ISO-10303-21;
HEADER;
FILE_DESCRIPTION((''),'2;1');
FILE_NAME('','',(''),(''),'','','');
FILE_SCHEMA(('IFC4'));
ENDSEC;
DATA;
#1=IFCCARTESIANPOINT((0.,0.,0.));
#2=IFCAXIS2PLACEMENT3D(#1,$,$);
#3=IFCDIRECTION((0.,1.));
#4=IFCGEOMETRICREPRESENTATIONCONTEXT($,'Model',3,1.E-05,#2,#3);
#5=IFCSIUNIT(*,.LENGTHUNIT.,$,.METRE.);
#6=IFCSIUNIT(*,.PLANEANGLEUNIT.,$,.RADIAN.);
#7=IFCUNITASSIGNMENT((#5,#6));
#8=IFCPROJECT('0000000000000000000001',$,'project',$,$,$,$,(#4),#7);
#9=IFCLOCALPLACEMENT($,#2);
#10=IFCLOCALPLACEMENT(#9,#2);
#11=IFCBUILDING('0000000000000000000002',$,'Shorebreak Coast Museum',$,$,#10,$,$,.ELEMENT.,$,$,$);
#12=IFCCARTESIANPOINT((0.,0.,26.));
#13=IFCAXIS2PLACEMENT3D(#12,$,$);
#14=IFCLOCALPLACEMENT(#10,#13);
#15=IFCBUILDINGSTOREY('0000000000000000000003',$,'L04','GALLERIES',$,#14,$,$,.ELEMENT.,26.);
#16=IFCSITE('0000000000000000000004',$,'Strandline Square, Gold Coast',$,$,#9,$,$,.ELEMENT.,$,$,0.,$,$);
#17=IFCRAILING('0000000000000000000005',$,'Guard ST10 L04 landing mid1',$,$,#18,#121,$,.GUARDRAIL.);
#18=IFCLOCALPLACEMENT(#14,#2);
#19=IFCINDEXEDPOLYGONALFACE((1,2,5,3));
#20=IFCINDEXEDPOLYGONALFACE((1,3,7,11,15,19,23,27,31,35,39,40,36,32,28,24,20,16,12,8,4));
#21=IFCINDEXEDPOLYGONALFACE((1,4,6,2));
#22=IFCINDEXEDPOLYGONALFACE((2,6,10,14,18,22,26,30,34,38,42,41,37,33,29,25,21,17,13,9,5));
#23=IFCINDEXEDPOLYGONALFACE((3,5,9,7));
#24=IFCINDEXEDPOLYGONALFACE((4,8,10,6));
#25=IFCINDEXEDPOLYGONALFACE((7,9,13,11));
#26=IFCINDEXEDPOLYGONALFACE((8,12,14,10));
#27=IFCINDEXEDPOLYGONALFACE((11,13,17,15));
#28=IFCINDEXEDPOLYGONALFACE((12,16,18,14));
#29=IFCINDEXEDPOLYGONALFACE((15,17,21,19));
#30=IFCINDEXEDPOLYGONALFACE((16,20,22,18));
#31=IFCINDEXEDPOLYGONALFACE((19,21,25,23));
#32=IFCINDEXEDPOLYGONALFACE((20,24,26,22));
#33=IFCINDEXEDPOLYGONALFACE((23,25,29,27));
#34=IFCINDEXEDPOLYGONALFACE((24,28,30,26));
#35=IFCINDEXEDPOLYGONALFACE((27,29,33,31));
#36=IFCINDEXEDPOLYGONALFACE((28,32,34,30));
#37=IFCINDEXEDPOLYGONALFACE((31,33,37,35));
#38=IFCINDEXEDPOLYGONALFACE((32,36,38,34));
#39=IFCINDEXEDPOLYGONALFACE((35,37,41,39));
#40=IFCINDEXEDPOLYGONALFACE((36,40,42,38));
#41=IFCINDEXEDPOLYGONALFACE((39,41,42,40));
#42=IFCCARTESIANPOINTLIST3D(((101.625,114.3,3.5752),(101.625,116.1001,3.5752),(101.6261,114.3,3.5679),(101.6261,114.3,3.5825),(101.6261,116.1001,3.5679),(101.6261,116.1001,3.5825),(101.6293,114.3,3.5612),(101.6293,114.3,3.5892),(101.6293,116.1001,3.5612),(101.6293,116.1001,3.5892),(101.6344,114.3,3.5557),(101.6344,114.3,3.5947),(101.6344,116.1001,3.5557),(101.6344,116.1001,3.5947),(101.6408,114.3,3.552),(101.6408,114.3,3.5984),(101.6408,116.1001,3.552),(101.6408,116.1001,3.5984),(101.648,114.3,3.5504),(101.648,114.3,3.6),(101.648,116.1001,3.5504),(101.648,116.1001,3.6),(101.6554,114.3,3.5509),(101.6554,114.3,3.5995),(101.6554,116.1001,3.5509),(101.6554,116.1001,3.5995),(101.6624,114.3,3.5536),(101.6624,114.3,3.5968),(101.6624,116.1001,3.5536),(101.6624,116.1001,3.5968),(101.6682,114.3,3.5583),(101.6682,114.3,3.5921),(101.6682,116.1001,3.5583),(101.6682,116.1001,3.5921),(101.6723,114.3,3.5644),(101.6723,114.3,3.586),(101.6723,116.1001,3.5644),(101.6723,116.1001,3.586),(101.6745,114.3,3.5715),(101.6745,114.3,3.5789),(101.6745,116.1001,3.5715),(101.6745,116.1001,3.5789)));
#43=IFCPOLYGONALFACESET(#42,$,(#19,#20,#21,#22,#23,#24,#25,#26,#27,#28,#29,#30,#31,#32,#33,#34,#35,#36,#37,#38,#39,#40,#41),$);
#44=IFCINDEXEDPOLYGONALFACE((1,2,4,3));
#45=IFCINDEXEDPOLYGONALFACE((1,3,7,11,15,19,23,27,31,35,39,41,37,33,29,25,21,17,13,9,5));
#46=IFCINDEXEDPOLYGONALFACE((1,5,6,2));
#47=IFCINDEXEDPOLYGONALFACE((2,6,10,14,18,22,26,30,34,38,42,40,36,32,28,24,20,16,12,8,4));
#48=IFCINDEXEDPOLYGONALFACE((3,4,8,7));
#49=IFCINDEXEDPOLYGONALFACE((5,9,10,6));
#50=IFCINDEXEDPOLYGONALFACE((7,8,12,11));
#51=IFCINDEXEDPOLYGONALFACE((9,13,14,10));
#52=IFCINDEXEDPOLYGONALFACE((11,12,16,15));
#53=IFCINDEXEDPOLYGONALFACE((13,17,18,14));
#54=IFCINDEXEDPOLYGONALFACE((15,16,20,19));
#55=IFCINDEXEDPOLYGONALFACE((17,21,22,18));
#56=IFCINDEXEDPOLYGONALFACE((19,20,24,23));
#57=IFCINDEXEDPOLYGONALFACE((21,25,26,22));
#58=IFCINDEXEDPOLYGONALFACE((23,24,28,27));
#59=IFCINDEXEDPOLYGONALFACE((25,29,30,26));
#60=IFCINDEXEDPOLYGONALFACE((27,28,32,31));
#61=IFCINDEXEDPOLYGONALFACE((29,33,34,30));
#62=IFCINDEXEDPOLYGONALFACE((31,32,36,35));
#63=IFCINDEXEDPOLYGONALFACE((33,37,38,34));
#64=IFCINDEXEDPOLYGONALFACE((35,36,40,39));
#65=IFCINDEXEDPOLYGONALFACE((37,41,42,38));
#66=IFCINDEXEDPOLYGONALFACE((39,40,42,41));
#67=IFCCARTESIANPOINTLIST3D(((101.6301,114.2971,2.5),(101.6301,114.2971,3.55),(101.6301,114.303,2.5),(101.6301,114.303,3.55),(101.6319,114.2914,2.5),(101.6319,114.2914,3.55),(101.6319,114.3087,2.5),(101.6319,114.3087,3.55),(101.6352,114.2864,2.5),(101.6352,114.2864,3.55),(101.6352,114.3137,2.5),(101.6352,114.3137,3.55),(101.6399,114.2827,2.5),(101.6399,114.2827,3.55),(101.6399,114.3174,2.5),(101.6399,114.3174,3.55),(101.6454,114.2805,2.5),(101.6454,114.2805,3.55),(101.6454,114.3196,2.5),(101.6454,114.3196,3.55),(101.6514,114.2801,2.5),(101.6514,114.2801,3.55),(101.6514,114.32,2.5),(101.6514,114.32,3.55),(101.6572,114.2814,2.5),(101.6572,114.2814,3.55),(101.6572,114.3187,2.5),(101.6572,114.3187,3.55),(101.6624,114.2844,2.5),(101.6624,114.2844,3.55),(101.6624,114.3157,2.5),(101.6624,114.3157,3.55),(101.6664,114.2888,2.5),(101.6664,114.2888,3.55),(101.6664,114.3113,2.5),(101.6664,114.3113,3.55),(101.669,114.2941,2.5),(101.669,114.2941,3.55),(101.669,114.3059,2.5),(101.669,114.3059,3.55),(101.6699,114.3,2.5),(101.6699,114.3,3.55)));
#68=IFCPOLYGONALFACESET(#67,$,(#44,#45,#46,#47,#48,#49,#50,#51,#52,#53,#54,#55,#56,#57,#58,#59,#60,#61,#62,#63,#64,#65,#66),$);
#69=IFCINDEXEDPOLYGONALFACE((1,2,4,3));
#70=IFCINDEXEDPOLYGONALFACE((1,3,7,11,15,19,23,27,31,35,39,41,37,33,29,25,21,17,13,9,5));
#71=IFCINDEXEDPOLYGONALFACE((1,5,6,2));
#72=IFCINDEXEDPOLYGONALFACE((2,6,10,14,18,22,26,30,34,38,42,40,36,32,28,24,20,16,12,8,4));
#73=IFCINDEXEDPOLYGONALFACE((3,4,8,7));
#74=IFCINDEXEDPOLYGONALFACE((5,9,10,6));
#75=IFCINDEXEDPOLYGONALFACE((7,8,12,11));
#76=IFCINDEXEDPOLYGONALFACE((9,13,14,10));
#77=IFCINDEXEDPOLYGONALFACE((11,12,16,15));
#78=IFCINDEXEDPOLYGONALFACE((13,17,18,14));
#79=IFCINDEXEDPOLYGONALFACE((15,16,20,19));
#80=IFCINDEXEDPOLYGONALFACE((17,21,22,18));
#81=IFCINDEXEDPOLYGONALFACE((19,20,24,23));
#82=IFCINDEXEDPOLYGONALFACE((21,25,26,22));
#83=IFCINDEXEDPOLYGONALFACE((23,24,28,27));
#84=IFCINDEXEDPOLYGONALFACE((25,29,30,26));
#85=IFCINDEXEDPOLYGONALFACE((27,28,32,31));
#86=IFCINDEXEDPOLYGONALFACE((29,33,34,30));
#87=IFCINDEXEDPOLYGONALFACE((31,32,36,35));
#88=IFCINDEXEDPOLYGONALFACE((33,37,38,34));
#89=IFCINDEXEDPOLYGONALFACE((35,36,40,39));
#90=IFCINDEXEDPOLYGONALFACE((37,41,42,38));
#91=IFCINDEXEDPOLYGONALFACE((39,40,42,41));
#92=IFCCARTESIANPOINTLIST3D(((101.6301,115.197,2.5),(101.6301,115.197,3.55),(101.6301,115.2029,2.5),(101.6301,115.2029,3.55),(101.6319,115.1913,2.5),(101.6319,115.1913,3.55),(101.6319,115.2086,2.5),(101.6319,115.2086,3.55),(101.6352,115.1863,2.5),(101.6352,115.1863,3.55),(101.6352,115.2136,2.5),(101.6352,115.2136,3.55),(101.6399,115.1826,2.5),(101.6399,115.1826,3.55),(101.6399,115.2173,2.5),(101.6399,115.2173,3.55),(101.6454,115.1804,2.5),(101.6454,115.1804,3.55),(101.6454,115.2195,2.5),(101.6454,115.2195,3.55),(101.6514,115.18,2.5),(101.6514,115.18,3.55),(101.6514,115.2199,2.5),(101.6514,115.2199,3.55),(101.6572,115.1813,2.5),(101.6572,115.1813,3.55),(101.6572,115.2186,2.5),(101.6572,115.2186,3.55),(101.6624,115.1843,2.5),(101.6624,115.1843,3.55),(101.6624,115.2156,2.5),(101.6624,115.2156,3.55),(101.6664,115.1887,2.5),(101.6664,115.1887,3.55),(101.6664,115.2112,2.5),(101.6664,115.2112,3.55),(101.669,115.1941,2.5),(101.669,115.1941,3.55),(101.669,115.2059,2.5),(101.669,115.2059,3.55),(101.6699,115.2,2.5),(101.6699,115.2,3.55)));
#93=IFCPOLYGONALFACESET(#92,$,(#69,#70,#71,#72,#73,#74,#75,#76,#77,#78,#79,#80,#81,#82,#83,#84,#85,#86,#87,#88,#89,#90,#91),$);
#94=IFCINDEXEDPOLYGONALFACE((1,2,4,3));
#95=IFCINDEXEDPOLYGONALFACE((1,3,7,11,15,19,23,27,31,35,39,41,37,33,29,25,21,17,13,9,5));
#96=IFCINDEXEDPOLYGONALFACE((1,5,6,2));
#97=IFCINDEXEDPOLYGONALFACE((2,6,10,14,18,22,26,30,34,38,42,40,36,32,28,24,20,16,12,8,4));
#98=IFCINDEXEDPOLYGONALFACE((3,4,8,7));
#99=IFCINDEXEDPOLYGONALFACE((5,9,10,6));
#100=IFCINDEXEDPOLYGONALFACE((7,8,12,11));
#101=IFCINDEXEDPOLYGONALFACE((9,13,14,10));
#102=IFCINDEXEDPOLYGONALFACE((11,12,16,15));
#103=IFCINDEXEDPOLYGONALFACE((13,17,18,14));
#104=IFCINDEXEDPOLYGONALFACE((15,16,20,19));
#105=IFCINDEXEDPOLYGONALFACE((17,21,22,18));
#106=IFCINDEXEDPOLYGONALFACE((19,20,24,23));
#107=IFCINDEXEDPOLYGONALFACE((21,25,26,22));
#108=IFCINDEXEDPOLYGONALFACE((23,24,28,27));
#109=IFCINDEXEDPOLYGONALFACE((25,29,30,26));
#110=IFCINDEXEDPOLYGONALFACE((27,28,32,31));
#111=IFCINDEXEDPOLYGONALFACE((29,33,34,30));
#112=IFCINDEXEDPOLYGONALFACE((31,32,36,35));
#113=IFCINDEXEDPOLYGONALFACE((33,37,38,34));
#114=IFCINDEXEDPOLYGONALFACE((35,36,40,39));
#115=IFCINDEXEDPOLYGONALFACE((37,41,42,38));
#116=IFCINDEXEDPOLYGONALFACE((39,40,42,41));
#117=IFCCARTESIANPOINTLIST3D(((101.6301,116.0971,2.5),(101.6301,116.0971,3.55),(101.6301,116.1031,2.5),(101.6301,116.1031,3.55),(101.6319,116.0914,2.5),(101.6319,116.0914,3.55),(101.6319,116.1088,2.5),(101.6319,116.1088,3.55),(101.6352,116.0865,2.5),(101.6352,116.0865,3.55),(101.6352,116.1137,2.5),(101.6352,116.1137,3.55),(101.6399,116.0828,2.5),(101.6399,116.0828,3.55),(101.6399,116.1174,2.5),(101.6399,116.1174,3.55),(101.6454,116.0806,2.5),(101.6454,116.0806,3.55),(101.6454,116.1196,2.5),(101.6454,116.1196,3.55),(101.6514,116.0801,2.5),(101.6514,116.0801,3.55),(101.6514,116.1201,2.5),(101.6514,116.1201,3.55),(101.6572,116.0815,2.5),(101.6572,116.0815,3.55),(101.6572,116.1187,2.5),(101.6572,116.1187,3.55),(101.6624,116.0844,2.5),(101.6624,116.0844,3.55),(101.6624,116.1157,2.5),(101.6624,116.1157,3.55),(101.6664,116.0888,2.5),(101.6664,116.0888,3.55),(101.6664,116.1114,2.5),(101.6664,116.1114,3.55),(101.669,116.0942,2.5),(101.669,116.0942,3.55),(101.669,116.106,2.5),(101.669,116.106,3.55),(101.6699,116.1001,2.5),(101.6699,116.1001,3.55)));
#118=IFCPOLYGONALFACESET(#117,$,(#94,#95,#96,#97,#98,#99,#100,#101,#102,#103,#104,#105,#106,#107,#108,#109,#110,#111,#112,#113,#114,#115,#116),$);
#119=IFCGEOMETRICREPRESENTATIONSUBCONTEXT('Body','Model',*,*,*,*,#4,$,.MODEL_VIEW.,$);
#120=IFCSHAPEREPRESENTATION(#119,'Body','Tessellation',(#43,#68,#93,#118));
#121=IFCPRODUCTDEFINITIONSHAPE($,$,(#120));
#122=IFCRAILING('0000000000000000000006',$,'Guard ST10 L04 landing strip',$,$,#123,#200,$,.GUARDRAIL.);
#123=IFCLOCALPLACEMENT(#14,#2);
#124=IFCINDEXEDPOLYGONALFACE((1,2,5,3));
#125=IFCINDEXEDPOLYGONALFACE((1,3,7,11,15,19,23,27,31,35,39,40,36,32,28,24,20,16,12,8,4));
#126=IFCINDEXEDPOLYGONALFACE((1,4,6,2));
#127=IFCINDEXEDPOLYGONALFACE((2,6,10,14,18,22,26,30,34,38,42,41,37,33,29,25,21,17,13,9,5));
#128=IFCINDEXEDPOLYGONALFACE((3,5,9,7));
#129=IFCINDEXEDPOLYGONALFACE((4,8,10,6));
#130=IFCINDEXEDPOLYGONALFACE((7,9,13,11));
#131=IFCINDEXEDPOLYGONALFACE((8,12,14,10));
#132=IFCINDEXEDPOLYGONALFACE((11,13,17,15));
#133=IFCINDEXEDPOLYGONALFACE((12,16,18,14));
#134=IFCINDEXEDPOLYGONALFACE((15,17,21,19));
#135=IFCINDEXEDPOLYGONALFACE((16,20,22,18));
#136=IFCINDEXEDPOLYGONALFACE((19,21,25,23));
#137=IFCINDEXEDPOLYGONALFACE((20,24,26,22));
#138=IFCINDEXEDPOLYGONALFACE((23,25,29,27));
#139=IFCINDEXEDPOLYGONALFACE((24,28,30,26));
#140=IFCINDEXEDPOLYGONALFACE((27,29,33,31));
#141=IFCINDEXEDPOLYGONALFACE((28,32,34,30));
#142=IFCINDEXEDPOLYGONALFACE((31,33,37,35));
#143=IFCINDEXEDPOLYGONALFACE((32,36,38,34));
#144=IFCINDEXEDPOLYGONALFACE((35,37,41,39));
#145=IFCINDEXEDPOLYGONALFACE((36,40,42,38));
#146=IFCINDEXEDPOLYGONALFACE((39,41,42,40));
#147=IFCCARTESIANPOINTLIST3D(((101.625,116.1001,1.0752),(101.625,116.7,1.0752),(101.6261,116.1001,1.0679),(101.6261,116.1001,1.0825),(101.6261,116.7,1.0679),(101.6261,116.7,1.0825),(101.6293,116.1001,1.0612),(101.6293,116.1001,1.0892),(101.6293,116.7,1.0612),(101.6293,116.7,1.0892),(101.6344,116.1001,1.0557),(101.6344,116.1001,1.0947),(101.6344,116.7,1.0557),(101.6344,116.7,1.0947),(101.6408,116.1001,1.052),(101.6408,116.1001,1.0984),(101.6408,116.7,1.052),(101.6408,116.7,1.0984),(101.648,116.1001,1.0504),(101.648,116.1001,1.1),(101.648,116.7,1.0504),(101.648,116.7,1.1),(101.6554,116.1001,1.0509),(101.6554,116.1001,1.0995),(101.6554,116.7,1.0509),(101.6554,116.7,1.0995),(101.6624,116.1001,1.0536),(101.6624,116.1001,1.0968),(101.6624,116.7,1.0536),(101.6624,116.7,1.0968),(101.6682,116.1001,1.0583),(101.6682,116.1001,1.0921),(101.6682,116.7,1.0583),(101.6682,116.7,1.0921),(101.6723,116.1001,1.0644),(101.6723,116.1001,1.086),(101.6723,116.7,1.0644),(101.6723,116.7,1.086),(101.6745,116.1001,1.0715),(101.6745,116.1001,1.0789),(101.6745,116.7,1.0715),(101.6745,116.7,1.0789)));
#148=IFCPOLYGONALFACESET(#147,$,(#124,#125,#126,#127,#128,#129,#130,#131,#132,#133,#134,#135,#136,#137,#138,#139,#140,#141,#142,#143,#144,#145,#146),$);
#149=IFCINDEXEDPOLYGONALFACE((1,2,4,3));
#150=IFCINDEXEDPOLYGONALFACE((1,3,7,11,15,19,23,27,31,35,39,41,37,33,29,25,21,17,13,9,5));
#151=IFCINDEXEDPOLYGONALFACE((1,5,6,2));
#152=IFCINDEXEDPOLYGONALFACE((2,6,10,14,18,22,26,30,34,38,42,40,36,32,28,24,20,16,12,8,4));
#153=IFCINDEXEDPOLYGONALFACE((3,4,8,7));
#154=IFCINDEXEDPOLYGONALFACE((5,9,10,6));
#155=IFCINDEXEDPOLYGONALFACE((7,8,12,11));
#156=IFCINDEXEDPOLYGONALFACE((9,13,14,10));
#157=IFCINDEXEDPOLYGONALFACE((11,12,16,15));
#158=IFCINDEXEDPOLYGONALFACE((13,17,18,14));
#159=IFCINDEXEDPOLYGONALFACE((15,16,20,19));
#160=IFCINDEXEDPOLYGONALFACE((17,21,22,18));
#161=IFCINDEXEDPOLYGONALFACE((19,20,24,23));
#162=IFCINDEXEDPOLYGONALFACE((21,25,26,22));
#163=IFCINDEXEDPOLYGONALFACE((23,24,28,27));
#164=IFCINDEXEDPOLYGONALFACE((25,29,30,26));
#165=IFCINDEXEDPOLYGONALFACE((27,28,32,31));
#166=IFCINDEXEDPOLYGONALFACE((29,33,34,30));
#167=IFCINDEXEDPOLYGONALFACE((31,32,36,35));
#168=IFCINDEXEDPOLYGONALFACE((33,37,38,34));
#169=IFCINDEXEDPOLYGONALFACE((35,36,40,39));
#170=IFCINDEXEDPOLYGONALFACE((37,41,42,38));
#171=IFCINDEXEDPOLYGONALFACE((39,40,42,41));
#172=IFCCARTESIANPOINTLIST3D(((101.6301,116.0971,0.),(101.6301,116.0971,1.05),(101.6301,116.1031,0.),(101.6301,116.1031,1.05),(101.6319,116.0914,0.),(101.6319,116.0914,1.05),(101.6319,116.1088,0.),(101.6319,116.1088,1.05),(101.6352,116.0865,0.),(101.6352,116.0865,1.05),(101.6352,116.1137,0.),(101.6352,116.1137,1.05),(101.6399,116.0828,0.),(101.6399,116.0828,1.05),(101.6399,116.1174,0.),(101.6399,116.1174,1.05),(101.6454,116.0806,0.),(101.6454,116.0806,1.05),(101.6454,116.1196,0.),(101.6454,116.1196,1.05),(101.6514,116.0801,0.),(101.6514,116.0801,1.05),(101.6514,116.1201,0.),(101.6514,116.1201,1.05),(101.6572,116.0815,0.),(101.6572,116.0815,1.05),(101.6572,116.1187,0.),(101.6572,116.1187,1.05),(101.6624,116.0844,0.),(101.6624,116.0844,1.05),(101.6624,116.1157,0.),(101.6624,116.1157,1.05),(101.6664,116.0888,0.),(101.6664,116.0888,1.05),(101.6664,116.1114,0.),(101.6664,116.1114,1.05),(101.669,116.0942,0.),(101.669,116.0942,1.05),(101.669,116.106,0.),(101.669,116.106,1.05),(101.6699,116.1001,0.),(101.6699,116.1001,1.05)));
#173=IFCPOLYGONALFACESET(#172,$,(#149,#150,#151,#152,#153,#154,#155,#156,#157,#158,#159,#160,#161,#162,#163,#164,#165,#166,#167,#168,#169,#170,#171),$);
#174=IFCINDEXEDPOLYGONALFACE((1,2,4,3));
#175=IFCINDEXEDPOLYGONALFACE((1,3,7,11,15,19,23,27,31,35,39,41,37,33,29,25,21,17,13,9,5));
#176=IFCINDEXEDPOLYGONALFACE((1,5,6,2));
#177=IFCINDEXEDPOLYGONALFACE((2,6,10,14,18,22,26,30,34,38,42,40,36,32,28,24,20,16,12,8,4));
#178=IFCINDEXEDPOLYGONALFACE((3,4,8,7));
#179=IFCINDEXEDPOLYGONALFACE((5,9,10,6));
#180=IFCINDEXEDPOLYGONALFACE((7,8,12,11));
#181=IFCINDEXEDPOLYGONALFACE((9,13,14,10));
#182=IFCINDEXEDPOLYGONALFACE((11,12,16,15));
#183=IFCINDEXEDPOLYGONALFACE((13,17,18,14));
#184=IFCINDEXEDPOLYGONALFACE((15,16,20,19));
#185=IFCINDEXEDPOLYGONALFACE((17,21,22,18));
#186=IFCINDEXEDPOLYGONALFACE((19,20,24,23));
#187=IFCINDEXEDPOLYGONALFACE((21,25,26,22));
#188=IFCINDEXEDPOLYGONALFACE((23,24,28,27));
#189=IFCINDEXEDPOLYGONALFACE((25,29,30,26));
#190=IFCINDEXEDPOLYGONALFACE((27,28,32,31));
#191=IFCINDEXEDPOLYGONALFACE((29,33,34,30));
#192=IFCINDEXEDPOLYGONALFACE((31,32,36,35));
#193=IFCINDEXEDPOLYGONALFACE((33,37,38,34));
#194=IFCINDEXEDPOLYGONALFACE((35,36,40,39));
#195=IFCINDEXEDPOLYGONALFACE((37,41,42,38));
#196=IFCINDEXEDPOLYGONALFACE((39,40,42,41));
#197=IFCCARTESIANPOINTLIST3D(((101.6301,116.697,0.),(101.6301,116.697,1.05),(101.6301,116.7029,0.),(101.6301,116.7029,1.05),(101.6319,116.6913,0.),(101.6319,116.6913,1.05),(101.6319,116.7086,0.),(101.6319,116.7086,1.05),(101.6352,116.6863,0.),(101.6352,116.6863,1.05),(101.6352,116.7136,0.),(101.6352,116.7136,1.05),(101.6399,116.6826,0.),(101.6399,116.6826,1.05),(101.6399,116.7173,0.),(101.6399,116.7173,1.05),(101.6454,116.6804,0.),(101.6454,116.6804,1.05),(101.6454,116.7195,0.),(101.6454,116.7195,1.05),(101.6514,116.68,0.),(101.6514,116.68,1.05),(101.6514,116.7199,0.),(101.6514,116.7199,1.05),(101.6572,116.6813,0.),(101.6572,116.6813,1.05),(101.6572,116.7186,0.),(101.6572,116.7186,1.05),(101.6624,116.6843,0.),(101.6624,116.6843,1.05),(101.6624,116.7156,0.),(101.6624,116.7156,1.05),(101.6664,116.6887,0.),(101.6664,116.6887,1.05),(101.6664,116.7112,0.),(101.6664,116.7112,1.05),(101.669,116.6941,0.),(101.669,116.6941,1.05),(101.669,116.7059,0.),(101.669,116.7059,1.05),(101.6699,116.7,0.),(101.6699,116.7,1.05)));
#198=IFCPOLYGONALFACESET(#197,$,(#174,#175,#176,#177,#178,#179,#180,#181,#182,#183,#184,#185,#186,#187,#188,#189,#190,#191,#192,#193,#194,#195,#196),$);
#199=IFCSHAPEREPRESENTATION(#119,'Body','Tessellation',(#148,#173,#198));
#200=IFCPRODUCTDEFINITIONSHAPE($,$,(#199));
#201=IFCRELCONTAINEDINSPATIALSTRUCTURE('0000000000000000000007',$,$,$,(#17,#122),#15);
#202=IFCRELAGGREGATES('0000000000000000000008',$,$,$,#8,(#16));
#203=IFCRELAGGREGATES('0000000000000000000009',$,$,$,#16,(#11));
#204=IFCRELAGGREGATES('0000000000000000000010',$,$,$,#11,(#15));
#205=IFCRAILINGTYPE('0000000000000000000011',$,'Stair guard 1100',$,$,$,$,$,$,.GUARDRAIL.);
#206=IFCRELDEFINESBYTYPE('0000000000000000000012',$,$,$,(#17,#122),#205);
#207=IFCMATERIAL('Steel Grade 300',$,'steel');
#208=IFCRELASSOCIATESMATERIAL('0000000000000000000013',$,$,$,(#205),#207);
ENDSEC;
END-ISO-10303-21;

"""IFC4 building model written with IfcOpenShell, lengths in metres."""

from ifc_helpers import new_model, si_unit, direction, frame, origin, origin_2d, place, context, subcontext, project, spatial, circle, extrude, material, type_object, element, save


model = new_model("IFC4")

# Units and contexts
model_context = context("Model", 3, precision=1e-05, world=origin(), true_north=direction((0.0, 1.0)))
body_context = subcontext(model_context, "Body", "Model", "MODEL_VIEW")
ifc_project = project(units=[si_unit("LENGTHUNIT", "METRE"), si_unit("PLANEANGLEUNIT", "RADIAN")], contexts=[model_context])

# Site, building, storey
site_placement = place(None, origin())
site = spatial("IfcSite", under=ifc_project, at=site_placement, Name="Strandline Square, Gold Coast", CompositionType="ELEMENT", RefElevation=0.0)
building_placement = place(site_placement, origin())
building = spatial("IfcBuilding", under=site, at=building_placement, Name="Shorebreak Coast Museum", CompositionType="ELEMENT")
storey_placement = place(building_placement, frame((0.0, 0.0, 26.0)))
storey = spatial("IfcBuildingStorey", under=building, at=storey_placement, Name="L04", Description="GALLERIES", CompositionType="ELEMENT", Elevation=26.0)

# Railings
ifc_material_1 = material(Name="Steel Grade 300", Category="steel")
railing_type_1 = type_object("IfcRailingType", Name="Stair guard 1100", PredefinedType="GUARDRAIL", material=ifc_material_1)
for number, where, name in (
    (1, (101.6499, 114.3, 2.5), "Guard ST10 L04 landing mid1"),
):
    element("IfcRailing", number, at=place(storey_placement, frame(where)), inside=storey, type_object=railing_type_1, Name=name, PredefinedType="GUARDRAIL", context=body_context, shape_type="SweptSolid", body=[
        extrude(circle(Radius=0.0249, at=origin_2d()), frame((0.0, 0.0, 1.0752), z_axis=(0.0, 1.0, 0.0), x_axis=(-1.0, 0.0, 0.0)), (0.0, 0.0, 1.0), 1.8),
        extrude(circle(Radius=0.02, at=origin_2d()), origin(), (0.0, 0.0, 1.0), 1.05),
        extrude(circle(Radius=0.02, at=origin_2d()), frame((0.0, 0.8999, 0.0)), (0.0, 0.0, 1.0), 1.05),
        extrude(circle(Radius=0.02, at=origin_2d()), frame((0.0, 1.8, 0.0)), (0.0, 0.0, 1.0), 1.05),
    ])
for number, where, name in (
    (2, (101.6499, 116.1001, 0.0), "Guard ST10 L04 landing strip"),
):
    element("IfcRailing", number, at=place(storey_placement, frame(where)), inside=storey, type_object=railing_type_1, Name=name, PredefinedType="GUARDRAIL", context=body_context, shape_type="SweptSolid", body=[
        extrude(circle(Radius=0.0249, at=origin_2d()), frame((0.0, 0.0, 1.0752), z_axis=(0.0, 1.0, 0.0), x_axis=(-1.0, 0.0, 0.0)), (0.0, 0.0, 1.0), 0.5999),
        extrude(circle(Radius=0.02, at=origin_2d()), origin(), (0.0, 0.0, 1.0), 1.05),
        extrude(circle(Radius=0.02, at=origin_2d()), frame((0.0, 0.5999, 0.0)), (0.0, 0.0, 1.0), 1.05),
    ])

save(model, "model.ifc")
